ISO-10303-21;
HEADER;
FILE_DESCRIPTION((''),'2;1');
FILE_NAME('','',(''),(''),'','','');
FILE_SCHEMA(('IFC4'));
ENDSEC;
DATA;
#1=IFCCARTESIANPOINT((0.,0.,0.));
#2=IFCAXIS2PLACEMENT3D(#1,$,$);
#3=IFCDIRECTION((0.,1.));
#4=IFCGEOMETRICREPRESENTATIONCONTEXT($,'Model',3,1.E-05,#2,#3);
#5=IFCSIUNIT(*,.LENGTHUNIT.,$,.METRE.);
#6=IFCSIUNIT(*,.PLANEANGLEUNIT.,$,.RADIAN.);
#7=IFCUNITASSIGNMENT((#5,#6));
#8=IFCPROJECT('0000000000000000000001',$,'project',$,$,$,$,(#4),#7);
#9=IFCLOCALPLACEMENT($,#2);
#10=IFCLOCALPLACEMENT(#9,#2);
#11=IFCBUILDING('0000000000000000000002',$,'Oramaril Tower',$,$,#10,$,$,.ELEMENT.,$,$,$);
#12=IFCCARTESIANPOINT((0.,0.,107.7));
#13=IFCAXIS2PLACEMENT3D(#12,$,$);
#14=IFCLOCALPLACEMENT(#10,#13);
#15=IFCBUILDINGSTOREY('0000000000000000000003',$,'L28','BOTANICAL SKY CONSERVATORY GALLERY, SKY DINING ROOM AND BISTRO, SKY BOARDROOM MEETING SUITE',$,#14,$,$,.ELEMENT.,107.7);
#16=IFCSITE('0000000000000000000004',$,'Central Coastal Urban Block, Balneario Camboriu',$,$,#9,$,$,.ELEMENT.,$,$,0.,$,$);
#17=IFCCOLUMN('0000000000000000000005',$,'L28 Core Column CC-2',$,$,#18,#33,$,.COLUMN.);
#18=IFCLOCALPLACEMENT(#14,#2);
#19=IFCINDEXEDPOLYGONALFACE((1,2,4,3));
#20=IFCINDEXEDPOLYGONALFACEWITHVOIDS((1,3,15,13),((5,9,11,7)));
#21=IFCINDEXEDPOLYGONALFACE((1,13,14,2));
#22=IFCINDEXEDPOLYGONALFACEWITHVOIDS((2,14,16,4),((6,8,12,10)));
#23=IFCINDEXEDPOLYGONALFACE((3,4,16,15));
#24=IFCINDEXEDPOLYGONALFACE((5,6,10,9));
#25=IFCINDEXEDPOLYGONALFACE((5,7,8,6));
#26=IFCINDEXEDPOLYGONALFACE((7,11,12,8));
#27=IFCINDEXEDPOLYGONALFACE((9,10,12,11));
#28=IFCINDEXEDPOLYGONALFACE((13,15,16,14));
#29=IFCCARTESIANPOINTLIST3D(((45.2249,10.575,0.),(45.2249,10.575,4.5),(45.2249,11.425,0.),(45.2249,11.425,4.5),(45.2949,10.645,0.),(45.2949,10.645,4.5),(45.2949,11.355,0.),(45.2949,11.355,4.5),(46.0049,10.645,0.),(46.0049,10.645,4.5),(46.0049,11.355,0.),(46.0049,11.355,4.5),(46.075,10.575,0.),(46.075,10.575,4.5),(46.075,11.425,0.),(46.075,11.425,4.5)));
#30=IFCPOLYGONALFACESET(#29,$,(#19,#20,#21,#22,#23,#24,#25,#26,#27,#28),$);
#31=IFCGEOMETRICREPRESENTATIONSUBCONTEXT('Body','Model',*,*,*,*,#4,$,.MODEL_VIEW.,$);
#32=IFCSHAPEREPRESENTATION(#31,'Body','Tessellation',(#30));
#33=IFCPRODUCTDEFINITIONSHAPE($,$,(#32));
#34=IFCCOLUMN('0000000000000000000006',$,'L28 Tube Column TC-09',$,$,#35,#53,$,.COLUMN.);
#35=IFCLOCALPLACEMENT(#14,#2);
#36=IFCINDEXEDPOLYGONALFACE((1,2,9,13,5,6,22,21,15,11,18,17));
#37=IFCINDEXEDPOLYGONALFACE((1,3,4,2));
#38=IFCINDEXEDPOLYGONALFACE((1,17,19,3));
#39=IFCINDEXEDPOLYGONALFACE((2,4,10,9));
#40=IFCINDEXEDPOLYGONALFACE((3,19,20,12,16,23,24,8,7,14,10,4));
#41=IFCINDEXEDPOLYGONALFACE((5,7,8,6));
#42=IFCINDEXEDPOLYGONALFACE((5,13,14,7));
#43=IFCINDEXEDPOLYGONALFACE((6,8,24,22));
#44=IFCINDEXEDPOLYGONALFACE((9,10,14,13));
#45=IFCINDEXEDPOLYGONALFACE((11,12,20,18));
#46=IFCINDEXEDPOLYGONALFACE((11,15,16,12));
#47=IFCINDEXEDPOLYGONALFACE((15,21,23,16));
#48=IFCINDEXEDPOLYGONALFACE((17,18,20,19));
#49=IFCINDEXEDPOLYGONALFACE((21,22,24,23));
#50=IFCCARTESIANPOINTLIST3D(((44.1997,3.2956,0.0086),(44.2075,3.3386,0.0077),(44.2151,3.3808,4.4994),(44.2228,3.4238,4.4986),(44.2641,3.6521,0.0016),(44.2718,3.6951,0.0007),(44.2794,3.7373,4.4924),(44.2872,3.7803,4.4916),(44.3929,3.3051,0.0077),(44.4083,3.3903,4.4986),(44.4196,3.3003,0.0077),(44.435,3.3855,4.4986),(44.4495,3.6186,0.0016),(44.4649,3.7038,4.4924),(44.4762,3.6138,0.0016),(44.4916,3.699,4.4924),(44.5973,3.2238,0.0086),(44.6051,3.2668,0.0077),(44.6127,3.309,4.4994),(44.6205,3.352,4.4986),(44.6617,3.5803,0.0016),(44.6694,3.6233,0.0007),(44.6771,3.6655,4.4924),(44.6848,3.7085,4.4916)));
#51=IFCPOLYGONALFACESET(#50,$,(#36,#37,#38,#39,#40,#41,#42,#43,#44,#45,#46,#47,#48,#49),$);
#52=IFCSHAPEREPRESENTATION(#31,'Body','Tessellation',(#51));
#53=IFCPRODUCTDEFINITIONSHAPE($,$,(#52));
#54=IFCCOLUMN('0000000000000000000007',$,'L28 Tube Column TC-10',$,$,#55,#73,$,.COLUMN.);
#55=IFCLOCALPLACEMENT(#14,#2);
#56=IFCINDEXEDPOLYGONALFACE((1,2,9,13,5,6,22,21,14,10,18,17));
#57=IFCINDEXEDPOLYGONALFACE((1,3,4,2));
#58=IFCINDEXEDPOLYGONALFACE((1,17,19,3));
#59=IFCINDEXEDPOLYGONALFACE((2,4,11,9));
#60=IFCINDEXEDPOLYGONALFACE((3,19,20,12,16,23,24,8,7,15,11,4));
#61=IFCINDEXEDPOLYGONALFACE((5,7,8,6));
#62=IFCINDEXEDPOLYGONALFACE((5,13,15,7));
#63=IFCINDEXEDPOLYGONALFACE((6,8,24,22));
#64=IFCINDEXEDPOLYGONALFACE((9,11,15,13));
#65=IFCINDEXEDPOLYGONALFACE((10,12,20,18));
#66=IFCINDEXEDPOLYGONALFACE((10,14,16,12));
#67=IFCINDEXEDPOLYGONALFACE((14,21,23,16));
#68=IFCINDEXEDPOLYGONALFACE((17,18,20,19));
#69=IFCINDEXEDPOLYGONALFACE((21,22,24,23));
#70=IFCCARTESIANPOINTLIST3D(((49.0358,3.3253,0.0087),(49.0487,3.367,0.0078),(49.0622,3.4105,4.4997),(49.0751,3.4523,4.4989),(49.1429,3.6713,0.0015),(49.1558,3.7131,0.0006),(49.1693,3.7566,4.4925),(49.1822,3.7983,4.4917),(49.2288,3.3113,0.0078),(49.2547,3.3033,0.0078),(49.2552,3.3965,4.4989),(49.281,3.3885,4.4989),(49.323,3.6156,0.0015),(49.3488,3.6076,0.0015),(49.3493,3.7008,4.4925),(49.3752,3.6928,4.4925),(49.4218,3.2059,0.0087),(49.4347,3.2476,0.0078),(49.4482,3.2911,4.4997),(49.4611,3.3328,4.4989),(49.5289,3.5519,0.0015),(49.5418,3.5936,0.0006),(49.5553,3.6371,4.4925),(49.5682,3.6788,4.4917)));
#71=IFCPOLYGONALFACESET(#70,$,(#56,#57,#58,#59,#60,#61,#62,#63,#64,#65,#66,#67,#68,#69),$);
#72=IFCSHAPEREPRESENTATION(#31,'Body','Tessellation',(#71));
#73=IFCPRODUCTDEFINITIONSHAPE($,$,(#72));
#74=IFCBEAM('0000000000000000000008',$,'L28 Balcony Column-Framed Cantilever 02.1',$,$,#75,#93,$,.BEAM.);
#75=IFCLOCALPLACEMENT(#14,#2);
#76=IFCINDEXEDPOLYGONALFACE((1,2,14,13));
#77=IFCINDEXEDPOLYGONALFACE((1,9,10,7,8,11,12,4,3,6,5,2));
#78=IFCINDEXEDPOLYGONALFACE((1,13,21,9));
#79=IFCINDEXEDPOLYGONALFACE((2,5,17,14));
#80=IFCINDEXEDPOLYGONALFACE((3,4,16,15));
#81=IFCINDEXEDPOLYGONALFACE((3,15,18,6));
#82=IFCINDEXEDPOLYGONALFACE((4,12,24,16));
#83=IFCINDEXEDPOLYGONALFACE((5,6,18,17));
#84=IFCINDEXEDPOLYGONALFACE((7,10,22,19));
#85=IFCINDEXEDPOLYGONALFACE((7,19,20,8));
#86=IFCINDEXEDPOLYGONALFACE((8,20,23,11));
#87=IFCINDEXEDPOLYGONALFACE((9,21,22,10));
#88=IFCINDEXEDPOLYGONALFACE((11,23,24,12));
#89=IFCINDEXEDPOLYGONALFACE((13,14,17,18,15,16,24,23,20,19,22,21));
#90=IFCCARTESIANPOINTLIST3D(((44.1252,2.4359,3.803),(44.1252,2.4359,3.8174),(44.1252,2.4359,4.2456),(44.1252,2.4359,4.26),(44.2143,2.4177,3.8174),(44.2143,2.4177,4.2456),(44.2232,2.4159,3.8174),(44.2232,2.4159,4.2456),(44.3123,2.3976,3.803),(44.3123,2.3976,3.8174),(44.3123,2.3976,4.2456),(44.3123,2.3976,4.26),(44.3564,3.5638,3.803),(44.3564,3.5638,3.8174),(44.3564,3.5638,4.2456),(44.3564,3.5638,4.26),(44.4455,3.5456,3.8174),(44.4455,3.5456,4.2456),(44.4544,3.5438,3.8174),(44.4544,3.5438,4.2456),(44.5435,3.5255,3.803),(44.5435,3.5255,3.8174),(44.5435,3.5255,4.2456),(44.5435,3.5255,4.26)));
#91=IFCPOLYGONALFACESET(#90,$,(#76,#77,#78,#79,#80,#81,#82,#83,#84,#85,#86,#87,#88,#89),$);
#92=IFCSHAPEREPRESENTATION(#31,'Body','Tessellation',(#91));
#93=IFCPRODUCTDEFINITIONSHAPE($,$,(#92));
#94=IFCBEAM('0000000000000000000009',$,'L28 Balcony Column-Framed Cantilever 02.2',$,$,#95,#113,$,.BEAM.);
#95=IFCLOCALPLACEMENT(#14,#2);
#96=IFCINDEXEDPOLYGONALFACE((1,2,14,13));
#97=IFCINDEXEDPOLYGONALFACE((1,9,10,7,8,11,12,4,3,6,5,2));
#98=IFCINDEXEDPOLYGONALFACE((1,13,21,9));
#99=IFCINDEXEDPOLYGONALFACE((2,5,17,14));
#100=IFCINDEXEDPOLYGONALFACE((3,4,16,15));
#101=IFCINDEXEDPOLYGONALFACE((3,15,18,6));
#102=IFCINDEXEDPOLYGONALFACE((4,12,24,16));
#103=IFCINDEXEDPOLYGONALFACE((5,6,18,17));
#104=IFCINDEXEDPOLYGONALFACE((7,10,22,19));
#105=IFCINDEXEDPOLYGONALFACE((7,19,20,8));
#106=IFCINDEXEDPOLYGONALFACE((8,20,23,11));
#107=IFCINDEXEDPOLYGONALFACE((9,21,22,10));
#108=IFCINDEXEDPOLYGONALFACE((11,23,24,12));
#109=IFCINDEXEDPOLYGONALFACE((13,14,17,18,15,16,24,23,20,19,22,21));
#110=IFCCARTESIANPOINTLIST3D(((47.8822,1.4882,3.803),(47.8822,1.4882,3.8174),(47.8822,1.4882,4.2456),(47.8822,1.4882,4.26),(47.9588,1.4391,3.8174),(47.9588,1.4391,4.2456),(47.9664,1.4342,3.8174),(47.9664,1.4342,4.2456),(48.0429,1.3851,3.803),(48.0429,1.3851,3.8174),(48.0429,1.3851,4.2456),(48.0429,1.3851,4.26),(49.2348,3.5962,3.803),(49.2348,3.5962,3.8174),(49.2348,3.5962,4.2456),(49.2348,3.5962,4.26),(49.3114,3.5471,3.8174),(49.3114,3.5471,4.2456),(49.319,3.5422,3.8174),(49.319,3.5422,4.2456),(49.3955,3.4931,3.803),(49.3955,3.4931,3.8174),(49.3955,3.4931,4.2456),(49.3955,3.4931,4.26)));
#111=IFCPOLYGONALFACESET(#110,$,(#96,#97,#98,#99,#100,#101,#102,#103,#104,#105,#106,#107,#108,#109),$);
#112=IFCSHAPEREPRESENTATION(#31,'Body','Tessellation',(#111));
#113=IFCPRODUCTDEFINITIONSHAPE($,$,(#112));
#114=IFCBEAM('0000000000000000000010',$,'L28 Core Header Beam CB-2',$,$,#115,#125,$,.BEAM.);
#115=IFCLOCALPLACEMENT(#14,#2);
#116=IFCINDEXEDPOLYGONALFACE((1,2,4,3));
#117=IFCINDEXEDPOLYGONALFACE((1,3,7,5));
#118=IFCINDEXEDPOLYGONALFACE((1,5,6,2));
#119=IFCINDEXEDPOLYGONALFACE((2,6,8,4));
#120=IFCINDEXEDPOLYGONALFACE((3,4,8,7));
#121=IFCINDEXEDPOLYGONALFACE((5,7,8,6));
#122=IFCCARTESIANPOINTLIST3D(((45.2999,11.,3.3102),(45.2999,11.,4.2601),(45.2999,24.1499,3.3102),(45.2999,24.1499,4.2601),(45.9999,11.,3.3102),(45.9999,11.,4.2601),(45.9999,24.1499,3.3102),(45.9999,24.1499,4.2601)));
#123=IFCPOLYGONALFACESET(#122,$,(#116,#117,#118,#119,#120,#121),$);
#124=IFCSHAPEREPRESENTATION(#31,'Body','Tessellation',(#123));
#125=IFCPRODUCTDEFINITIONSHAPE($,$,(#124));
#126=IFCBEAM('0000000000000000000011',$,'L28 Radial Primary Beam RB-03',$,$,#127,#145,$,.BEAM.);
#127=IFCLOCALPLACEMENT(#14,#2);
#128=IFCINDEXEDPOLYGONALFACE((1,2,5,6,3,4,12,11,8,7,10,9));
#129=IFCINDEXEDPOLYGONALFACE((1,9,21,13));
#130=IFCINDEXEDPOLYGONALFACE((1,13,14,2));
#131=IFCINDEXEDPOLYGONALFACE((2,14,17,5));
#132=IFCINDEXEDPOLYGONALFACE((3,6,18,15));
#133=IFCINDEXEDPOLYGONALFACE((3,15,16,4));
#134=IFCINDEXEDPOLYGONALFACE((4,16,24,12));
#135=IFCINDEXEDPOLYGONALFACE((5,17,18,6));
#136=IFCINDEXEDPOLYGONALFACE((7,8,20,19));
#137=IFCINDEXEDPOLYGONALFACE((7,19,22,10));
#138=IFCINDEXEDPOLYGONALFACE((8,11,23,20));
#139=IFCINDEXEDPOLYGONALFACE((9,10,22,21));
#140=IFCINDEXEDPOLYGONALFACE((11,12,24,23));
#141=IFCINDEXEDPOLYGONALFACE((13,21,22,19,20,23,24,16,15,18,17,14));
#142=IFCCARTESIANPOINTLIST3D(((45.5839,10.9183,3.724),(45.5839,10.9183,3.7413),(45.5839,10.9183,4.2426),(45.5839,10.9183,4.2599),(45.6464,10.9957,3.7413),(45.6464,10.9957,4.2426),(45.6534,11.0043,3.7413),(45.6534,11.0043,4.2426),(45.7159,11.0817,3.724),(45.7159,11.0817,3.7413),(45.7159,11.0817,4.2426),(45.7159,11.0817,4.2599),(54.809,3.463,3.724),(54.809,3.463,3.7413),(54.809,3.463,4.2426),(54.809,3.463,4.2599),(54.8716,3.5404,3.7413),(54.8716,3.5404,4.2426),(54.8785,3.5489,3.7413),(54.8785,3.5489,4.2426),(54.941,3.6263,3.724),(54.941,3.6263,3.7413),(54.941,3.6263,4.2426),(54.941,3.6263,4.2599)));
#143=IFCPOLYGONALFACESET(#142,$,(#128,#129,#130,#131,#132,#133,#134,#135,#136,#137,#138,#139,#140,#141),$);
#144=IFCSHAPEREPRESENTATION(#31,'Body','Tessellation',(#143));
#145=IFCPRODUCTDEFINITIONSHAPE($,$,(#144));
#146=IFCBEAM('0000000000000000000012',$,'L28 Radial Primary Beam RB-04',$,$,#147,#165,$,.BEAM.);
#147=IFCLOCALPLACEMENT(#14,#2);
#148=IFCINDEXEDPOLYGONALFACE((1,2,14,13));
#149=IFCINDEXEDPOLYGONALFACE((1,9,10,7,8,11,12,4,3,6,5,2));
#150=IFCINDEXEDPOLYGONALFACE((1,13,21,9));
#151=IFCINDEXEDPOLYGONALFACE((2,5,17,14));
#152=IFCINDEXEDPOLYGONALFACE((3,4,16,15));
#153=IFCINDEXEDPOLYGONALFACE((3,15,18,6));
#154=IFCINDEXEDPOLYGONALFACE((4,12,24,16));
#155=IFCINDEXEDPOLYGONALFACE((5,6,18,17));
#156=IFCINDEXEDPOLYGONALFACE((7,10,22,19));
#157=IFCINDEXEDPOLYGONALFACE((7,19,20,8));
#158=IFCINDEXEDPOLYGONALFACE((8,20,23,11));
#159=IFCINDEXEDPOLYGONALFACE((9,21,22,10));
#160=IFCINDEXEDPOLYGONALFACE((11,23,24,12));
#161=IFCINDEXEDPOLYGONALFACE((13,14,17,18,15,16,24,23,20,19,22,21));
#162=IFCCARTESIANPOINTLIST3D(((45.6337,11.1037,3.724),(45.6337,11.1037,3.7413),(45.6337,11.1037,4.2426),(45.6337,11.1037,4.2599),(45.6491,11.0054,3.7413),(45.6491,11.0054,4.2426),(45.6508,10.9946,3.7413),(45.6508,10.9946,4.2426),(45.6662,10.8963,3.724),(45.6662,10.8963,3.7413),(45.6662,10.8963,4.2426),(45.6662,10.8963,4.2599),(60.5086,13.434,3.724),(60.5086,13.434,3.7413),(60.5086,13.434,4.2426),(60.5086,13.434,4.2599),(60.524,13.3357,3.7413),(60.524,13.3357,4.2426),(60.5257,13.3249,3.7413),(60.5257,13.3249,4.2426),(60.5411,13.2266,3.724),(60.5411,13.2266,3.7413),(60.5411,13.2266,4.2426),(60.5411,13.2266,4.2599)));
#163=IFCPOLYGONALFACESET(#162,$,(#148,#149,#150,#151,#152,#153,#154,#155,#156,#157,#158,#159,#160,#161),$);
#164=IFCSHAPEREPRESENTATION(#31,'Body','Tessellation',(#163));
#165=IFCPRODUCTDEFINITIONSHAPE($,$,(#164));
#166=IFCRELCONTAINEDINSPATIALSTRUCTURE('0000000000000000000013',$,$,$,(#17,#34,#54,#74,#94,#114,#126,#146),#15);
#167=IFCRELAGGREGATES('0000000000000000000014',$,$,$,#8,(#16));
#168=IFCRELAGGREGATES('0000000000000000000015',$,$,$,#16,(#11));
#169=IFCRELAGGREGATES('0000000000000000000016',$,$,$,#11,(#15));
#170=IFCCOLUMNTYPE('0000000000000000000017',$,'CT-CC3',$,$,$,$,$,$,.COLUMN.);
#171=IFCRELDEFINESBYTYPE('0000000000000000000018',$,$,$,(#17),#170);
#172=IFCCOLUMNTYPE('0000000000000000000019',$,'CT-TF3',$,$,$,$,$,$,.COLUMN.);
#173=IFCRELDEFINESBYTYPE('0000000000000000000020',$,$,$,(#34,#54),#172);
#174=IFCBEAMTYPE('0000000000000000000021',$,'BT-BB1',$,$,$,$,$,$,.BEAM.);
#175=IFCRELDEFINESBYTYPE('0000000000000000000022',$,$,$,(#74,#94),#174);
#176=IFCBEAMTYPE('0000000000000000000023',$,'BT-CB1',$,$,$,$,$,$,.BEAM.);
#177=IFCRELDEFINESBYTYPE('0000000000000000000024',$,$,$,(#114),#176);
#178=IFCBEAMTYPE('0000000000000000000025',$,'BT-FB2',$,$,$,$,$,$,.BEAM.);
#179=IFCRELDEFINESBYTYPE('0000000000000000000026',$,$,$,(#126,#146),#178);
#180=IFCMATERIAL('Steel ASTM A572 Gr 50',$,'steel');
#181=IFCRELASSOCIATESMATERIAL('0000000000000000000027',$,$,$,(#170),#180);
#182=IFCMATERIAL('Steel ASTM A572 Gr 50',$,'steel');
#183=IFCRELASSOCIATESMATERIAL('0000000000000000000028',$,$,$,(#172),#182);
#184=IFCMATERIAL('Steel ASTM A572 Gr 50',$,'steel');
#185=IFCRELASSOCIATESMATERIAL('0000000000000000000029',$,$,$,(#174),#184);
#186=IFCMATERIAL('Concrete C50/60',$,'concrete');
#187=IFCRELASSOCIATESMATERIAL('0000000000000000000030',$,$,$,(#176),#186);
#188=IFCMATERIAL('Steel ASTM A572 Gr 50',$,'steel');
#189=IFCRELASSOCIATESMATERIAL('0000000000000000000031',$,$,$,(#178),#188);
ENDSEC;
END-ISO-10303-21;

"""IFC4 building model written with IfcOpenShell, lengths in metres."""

from ifc_helpers import new_model, si_unit, direction, frame, origin, origin_2d, place, context, subcontext, project, spatial, rectangle, hollow_rectangle, i_section, extrude, material, material_profile, profile_set, type_object, element, save


model = new_model("IFC4")

# Units and contexts
model_context = context("Model", 3, precision=1e-05, world=origin(), true_north=direction((0.0, 1.0)))
body_context = subcontext(model_context, "Body", "Model", "MODEL_VIEW")
ifc_project = project(units=[si_unit("LENGTHUNIT", "METRE"), si_unit("PLANEANGLEUNIT", "RADIAN")], contexts=[model_context])

# Site, building, storey
site_placement = place(None, origin())
site = spatial("IfcSite", under=ifc_project, at=site_placement, Name="Central Coastal Urban Block, Balneario Camboriu", CompositionType="ELEMENT", RefElevation=0.0)
building_placement = place(site_placement, origin())
building = spatial("IfcBuilding", under=site, at=building_placement, Name="Oramaril Tower", CompositionType="ELEMENT")
storey_placement = place(building_placement, frame((0.0, 0.0, 107.7)))
storey = spatial("IfcBuildingStorey", under=building, at=storey_placement, Name="L28", Description="BOTANICAL SKY CONSERVATORY GALLERY, SKY DINING ROOM AND BISTRO, SKY BOARDROOM MEETING SUITE", CompositionType="ELEMENT", Elevation=107.7)

# Columns
ifc_material_1 = material(Name="Steel ASTM A572 Gr 50", Category="steel")
ifc_material_profile_1 = material_profile(ifc_material_1, hollow_rectangle(XDim=0.8501, YDim=0.8501, WallThickness=0.0701, at=origin_2d()), Name="BOX850X850X70")
ifc_profile_set_1 = profile_set([ifc_material_profile_1], Name="Steel ASTM A572 Gr 50")
column_type_1 = type_object("IfcColumnType", Name="CT-CC3", PredefinedType="COLUMN", material=ifc_profile_set_1)
column_1_placement = place(storey_placement, frame((45.6499, 11.0, 0.0), z_axis=(0.0, 0.0, 1.0), x_axis=(1.0, 0.0, 0.0)))
element("IfcColumn", 1, at=column_1_placement, inside=storey, type_object=column_type_1, Name="L28 Core Column CC-2", PredefinedType="COLUMN", context=body_context, shape_type="SweptSolid", body=[
    extrude(hollow_rectangle(XDim=0.8501, YDim=0.8501, WallThickness=0.0701, at=origin_2d()), origin(), (0.0, 0.0, 1.0), 4.5),
])
ifc_material_2 = material(Name="Steel ASTM A572 Gr 50", Category="steel")
ifc_material_profile_2 = material_profile(ifc_material_2, i_section(OverallWidth=0.4041, OverallDepth=0.406, WebThickness=0.0271, FlangeThickness=0.0437, at=origin_2d()), Name="W14X233")
ifc_profile_set_2 = profile_set([ifc_material_profile_2], Name="Steel ASTM A572 Gr 50")
column_type_2 = type_object("IfcColumnType", Name="CT-TF3", PredefinedType="COLUMN", material=ifc_profile_set_2)
column_2_placement = place(storey_placement, frame((44.4346, 3.4595, 0.0046), z_axis=(0.003424, 0.018969, 0.999814), x_axis=(-0.984095, 0.177645, 0.0)))
element("IfcColumn", 2, at=column_2_placement, inside=storey, type_object=column_type_2, Name="L28 Tube Column TC-09", PredefinedType="COLUMN", context=body_context, shape_type="SweptSolid", body=[
    extrude(i_section(OverallWidth=0.4041, OverallDepth=0.406, WebThickness=0.0271, FlangeThickness=0.0437, at=origin_2d()), origin(), (0.0, 0.0, 1.0), 4.4917),
])
column_3_placement = place(storey_placement, frame((49.2888, 3.4595, 0.0046), z_axis=(0.00587, 0.018969, 0.999803), x_axis=(-0.955304, 0.295624, 0.0)))
element("IfcColumn", 3, at=column_3_placement, inside=storey, type_object=column_type_2, Name="L28 Tube Column TC-10", PredefinedType="COLUMN", context=body_context, shape_type="SweptSolid", body=[
    extrude(i_section(OverallWidth=0.4041, OverallDepth=0.406, WebThickness=0.0271, FlangeThickness=0.0437, at=origin_2d()), origin(), (0.0, 0.0, 1.0), 4.4919),
])

# Beams
ifc_material_3 = material(Name="Steel ASTM A572 Gr 50", Category="steel")
ifc_material_profile_3 = material_profile(ifc_material_3, i_section(OverallWidth=0.1909, OverallDepth=0.457, WebThickness=0.009, FlangeThickness=0.0144, at=origin_2d()), Name="W18X50")
ifc_profile_set_3 = profile_set([ifc_material_profile_3], Name="Steel ASTM A572 Gr 50")
beam_type_1 = type_object("IfcBeamType", Name="BT-BB1", PredefinedType="BEAM", material=ifc_profile_set_3)
beam_1_placement = place(storey_placement, frame((44.45, 3.5447, 4.0315), z_axis=(-0.200803, -0.979632, 0.0), x_axis=(0.979632, -0.200803, 0.0)))
element("IfcBeam", 4, at=beam_1_placement, inside=storey, type_object=beam_type_1, Name="L28 Balcony Column-Framed Cantilever 02.1", PredefinedType="BEAM", context=body_context, shape_type="SweptSolid", body=[
    extrude(i_section(OverallWidth=0.1909, OverallDepth=0.457, WebThickness=0.009, FlangeThickness=0.0144, at=origin_2d()), origin(), (0.0, 0.0, 1.0), 1.1514),
])
beam_2_placement = place(storey_placement, frame((49.3152, 3.5447, 4.0315), z_axis=(-0.540038, -0.841641, 0.0), x_axis=(0.841641, -0.540038, 0.0)))
element("IfcBeam", 5, at=beam_2_placement, inside=storey, type_object=beam_type_1, Name="L28 Balcony Column-Framed Cantilever 02.2", PredefinedType="BEAM", context=body_context, shape_type="SweptSolid", body=[
    extrude(i_section(OverallWidth=0.1909, OverallDepth=0.457, WebThickness=0.009, FlangeThickness=0.0144, at=origin_2d()), origin(), (0.0, 0.0, 1.0), 2.5046),
])
ifc_material_4 = material(Name="Concrete C50/60", Category="concrete")
ifc_material_profile_4 = material_profile(ifc_material_4, rectangle(XDim=0.7, YDim=0.95, at=origin_2d()), Name="CB700X950")
ifc_profile_set_4 = profile_set([ifc_material_profile_4], Name="Concrete C50/60")
beam_type_2 = type_object("IfcBeamType", Name="BT-CB1", PredefinedType="BEAM", material=ifc_profile_set_4)
beam_3_placement = place(storey_placement, frame((45.6499, 11.0, 3.7852), z_axis=(0.0, 1.0, 0.0), x_axis=(-1.0, 0.0, 0.0)))
element("IfcBeam", 6, at=beam_3_placement, inside=storey, type_object=beam_type_2, Name="L28 Core Header Beam CB-2", PredefinedType="BEAM", context=body_context, shape_type="SweptSolid", body=[
    extrude(rectangle(XDim=0.7, YDim=0.95, at=origin_2d()), origin(), (0.0, 0.0, 1.0), 13.1499),
])
ifc_material_5 = material(Name="Steel ASTM A572 Gr 50", Category="steel")
ifc_material_profile_5 = material_profile(ifc_material_5, i_section(OverallWidth=0.21, OverallDepth=0.5359, WebThickness=0.011, FlangeThickness=0.0173, at=origin_2d()), Name="W21X68")
ifc_profile_set_5 = profile_set([ifc_material_profile_5], Name="Steel ASTM A572 Gr 50")
beam_type_3 = type_object("IfcBeamType", Name="BT-FB2", PredefinedType="BEAM", material=ifc_profile_set_5)
beam_4_placement = place(storey_placement, frame((45.6499, 11.0, 3.9919), z_axis=(0.777765, -0.628556, 0.0), x_axis=(0.628556, 0.777765, 0.0)))
element("IfcBeam", 7, at=beam_4_placement, inside=storey, type_object=beam_type_3, Name="L28 Radial Primary Beam RB-03", PredefinedType="BEAM", context=body_context, shape_type="SweptSolid", body=[
    extrude(i_section(OverallWidth=0.21, OverallDepth=0.5359, WebThickness=0.011, FlangeThickness=0.0173, at=origin_2d()), origin(), (0.0, 0.0, 1.0), 11.8611),
])
beam_5_placement = place(storey_placement, frame((45.6499, 11.0, 3.9919), z_axis=(0.98795, 0.154773, 0.0), x_axis=(-0.154773, 0.98795, 0.0)))
element("IfcBeam", 8, at=beam_5_placement, inside=storey, type_object=beam_type_3, Name="L28 Radial Primary Beam RB-04", PredefinedType="BEAM", context=body_context, shape_type="SweptSolid", body=[
    extrude(i_section(OverallWidth=0.21, OverallDepth=0.5359, WebThickness=0.011, FlangeThickness=0.0173, at=origin_2d()), origin(), (0.0, 0.0, 1.0), 15.0564),
])

save(model, "model.ifc")
